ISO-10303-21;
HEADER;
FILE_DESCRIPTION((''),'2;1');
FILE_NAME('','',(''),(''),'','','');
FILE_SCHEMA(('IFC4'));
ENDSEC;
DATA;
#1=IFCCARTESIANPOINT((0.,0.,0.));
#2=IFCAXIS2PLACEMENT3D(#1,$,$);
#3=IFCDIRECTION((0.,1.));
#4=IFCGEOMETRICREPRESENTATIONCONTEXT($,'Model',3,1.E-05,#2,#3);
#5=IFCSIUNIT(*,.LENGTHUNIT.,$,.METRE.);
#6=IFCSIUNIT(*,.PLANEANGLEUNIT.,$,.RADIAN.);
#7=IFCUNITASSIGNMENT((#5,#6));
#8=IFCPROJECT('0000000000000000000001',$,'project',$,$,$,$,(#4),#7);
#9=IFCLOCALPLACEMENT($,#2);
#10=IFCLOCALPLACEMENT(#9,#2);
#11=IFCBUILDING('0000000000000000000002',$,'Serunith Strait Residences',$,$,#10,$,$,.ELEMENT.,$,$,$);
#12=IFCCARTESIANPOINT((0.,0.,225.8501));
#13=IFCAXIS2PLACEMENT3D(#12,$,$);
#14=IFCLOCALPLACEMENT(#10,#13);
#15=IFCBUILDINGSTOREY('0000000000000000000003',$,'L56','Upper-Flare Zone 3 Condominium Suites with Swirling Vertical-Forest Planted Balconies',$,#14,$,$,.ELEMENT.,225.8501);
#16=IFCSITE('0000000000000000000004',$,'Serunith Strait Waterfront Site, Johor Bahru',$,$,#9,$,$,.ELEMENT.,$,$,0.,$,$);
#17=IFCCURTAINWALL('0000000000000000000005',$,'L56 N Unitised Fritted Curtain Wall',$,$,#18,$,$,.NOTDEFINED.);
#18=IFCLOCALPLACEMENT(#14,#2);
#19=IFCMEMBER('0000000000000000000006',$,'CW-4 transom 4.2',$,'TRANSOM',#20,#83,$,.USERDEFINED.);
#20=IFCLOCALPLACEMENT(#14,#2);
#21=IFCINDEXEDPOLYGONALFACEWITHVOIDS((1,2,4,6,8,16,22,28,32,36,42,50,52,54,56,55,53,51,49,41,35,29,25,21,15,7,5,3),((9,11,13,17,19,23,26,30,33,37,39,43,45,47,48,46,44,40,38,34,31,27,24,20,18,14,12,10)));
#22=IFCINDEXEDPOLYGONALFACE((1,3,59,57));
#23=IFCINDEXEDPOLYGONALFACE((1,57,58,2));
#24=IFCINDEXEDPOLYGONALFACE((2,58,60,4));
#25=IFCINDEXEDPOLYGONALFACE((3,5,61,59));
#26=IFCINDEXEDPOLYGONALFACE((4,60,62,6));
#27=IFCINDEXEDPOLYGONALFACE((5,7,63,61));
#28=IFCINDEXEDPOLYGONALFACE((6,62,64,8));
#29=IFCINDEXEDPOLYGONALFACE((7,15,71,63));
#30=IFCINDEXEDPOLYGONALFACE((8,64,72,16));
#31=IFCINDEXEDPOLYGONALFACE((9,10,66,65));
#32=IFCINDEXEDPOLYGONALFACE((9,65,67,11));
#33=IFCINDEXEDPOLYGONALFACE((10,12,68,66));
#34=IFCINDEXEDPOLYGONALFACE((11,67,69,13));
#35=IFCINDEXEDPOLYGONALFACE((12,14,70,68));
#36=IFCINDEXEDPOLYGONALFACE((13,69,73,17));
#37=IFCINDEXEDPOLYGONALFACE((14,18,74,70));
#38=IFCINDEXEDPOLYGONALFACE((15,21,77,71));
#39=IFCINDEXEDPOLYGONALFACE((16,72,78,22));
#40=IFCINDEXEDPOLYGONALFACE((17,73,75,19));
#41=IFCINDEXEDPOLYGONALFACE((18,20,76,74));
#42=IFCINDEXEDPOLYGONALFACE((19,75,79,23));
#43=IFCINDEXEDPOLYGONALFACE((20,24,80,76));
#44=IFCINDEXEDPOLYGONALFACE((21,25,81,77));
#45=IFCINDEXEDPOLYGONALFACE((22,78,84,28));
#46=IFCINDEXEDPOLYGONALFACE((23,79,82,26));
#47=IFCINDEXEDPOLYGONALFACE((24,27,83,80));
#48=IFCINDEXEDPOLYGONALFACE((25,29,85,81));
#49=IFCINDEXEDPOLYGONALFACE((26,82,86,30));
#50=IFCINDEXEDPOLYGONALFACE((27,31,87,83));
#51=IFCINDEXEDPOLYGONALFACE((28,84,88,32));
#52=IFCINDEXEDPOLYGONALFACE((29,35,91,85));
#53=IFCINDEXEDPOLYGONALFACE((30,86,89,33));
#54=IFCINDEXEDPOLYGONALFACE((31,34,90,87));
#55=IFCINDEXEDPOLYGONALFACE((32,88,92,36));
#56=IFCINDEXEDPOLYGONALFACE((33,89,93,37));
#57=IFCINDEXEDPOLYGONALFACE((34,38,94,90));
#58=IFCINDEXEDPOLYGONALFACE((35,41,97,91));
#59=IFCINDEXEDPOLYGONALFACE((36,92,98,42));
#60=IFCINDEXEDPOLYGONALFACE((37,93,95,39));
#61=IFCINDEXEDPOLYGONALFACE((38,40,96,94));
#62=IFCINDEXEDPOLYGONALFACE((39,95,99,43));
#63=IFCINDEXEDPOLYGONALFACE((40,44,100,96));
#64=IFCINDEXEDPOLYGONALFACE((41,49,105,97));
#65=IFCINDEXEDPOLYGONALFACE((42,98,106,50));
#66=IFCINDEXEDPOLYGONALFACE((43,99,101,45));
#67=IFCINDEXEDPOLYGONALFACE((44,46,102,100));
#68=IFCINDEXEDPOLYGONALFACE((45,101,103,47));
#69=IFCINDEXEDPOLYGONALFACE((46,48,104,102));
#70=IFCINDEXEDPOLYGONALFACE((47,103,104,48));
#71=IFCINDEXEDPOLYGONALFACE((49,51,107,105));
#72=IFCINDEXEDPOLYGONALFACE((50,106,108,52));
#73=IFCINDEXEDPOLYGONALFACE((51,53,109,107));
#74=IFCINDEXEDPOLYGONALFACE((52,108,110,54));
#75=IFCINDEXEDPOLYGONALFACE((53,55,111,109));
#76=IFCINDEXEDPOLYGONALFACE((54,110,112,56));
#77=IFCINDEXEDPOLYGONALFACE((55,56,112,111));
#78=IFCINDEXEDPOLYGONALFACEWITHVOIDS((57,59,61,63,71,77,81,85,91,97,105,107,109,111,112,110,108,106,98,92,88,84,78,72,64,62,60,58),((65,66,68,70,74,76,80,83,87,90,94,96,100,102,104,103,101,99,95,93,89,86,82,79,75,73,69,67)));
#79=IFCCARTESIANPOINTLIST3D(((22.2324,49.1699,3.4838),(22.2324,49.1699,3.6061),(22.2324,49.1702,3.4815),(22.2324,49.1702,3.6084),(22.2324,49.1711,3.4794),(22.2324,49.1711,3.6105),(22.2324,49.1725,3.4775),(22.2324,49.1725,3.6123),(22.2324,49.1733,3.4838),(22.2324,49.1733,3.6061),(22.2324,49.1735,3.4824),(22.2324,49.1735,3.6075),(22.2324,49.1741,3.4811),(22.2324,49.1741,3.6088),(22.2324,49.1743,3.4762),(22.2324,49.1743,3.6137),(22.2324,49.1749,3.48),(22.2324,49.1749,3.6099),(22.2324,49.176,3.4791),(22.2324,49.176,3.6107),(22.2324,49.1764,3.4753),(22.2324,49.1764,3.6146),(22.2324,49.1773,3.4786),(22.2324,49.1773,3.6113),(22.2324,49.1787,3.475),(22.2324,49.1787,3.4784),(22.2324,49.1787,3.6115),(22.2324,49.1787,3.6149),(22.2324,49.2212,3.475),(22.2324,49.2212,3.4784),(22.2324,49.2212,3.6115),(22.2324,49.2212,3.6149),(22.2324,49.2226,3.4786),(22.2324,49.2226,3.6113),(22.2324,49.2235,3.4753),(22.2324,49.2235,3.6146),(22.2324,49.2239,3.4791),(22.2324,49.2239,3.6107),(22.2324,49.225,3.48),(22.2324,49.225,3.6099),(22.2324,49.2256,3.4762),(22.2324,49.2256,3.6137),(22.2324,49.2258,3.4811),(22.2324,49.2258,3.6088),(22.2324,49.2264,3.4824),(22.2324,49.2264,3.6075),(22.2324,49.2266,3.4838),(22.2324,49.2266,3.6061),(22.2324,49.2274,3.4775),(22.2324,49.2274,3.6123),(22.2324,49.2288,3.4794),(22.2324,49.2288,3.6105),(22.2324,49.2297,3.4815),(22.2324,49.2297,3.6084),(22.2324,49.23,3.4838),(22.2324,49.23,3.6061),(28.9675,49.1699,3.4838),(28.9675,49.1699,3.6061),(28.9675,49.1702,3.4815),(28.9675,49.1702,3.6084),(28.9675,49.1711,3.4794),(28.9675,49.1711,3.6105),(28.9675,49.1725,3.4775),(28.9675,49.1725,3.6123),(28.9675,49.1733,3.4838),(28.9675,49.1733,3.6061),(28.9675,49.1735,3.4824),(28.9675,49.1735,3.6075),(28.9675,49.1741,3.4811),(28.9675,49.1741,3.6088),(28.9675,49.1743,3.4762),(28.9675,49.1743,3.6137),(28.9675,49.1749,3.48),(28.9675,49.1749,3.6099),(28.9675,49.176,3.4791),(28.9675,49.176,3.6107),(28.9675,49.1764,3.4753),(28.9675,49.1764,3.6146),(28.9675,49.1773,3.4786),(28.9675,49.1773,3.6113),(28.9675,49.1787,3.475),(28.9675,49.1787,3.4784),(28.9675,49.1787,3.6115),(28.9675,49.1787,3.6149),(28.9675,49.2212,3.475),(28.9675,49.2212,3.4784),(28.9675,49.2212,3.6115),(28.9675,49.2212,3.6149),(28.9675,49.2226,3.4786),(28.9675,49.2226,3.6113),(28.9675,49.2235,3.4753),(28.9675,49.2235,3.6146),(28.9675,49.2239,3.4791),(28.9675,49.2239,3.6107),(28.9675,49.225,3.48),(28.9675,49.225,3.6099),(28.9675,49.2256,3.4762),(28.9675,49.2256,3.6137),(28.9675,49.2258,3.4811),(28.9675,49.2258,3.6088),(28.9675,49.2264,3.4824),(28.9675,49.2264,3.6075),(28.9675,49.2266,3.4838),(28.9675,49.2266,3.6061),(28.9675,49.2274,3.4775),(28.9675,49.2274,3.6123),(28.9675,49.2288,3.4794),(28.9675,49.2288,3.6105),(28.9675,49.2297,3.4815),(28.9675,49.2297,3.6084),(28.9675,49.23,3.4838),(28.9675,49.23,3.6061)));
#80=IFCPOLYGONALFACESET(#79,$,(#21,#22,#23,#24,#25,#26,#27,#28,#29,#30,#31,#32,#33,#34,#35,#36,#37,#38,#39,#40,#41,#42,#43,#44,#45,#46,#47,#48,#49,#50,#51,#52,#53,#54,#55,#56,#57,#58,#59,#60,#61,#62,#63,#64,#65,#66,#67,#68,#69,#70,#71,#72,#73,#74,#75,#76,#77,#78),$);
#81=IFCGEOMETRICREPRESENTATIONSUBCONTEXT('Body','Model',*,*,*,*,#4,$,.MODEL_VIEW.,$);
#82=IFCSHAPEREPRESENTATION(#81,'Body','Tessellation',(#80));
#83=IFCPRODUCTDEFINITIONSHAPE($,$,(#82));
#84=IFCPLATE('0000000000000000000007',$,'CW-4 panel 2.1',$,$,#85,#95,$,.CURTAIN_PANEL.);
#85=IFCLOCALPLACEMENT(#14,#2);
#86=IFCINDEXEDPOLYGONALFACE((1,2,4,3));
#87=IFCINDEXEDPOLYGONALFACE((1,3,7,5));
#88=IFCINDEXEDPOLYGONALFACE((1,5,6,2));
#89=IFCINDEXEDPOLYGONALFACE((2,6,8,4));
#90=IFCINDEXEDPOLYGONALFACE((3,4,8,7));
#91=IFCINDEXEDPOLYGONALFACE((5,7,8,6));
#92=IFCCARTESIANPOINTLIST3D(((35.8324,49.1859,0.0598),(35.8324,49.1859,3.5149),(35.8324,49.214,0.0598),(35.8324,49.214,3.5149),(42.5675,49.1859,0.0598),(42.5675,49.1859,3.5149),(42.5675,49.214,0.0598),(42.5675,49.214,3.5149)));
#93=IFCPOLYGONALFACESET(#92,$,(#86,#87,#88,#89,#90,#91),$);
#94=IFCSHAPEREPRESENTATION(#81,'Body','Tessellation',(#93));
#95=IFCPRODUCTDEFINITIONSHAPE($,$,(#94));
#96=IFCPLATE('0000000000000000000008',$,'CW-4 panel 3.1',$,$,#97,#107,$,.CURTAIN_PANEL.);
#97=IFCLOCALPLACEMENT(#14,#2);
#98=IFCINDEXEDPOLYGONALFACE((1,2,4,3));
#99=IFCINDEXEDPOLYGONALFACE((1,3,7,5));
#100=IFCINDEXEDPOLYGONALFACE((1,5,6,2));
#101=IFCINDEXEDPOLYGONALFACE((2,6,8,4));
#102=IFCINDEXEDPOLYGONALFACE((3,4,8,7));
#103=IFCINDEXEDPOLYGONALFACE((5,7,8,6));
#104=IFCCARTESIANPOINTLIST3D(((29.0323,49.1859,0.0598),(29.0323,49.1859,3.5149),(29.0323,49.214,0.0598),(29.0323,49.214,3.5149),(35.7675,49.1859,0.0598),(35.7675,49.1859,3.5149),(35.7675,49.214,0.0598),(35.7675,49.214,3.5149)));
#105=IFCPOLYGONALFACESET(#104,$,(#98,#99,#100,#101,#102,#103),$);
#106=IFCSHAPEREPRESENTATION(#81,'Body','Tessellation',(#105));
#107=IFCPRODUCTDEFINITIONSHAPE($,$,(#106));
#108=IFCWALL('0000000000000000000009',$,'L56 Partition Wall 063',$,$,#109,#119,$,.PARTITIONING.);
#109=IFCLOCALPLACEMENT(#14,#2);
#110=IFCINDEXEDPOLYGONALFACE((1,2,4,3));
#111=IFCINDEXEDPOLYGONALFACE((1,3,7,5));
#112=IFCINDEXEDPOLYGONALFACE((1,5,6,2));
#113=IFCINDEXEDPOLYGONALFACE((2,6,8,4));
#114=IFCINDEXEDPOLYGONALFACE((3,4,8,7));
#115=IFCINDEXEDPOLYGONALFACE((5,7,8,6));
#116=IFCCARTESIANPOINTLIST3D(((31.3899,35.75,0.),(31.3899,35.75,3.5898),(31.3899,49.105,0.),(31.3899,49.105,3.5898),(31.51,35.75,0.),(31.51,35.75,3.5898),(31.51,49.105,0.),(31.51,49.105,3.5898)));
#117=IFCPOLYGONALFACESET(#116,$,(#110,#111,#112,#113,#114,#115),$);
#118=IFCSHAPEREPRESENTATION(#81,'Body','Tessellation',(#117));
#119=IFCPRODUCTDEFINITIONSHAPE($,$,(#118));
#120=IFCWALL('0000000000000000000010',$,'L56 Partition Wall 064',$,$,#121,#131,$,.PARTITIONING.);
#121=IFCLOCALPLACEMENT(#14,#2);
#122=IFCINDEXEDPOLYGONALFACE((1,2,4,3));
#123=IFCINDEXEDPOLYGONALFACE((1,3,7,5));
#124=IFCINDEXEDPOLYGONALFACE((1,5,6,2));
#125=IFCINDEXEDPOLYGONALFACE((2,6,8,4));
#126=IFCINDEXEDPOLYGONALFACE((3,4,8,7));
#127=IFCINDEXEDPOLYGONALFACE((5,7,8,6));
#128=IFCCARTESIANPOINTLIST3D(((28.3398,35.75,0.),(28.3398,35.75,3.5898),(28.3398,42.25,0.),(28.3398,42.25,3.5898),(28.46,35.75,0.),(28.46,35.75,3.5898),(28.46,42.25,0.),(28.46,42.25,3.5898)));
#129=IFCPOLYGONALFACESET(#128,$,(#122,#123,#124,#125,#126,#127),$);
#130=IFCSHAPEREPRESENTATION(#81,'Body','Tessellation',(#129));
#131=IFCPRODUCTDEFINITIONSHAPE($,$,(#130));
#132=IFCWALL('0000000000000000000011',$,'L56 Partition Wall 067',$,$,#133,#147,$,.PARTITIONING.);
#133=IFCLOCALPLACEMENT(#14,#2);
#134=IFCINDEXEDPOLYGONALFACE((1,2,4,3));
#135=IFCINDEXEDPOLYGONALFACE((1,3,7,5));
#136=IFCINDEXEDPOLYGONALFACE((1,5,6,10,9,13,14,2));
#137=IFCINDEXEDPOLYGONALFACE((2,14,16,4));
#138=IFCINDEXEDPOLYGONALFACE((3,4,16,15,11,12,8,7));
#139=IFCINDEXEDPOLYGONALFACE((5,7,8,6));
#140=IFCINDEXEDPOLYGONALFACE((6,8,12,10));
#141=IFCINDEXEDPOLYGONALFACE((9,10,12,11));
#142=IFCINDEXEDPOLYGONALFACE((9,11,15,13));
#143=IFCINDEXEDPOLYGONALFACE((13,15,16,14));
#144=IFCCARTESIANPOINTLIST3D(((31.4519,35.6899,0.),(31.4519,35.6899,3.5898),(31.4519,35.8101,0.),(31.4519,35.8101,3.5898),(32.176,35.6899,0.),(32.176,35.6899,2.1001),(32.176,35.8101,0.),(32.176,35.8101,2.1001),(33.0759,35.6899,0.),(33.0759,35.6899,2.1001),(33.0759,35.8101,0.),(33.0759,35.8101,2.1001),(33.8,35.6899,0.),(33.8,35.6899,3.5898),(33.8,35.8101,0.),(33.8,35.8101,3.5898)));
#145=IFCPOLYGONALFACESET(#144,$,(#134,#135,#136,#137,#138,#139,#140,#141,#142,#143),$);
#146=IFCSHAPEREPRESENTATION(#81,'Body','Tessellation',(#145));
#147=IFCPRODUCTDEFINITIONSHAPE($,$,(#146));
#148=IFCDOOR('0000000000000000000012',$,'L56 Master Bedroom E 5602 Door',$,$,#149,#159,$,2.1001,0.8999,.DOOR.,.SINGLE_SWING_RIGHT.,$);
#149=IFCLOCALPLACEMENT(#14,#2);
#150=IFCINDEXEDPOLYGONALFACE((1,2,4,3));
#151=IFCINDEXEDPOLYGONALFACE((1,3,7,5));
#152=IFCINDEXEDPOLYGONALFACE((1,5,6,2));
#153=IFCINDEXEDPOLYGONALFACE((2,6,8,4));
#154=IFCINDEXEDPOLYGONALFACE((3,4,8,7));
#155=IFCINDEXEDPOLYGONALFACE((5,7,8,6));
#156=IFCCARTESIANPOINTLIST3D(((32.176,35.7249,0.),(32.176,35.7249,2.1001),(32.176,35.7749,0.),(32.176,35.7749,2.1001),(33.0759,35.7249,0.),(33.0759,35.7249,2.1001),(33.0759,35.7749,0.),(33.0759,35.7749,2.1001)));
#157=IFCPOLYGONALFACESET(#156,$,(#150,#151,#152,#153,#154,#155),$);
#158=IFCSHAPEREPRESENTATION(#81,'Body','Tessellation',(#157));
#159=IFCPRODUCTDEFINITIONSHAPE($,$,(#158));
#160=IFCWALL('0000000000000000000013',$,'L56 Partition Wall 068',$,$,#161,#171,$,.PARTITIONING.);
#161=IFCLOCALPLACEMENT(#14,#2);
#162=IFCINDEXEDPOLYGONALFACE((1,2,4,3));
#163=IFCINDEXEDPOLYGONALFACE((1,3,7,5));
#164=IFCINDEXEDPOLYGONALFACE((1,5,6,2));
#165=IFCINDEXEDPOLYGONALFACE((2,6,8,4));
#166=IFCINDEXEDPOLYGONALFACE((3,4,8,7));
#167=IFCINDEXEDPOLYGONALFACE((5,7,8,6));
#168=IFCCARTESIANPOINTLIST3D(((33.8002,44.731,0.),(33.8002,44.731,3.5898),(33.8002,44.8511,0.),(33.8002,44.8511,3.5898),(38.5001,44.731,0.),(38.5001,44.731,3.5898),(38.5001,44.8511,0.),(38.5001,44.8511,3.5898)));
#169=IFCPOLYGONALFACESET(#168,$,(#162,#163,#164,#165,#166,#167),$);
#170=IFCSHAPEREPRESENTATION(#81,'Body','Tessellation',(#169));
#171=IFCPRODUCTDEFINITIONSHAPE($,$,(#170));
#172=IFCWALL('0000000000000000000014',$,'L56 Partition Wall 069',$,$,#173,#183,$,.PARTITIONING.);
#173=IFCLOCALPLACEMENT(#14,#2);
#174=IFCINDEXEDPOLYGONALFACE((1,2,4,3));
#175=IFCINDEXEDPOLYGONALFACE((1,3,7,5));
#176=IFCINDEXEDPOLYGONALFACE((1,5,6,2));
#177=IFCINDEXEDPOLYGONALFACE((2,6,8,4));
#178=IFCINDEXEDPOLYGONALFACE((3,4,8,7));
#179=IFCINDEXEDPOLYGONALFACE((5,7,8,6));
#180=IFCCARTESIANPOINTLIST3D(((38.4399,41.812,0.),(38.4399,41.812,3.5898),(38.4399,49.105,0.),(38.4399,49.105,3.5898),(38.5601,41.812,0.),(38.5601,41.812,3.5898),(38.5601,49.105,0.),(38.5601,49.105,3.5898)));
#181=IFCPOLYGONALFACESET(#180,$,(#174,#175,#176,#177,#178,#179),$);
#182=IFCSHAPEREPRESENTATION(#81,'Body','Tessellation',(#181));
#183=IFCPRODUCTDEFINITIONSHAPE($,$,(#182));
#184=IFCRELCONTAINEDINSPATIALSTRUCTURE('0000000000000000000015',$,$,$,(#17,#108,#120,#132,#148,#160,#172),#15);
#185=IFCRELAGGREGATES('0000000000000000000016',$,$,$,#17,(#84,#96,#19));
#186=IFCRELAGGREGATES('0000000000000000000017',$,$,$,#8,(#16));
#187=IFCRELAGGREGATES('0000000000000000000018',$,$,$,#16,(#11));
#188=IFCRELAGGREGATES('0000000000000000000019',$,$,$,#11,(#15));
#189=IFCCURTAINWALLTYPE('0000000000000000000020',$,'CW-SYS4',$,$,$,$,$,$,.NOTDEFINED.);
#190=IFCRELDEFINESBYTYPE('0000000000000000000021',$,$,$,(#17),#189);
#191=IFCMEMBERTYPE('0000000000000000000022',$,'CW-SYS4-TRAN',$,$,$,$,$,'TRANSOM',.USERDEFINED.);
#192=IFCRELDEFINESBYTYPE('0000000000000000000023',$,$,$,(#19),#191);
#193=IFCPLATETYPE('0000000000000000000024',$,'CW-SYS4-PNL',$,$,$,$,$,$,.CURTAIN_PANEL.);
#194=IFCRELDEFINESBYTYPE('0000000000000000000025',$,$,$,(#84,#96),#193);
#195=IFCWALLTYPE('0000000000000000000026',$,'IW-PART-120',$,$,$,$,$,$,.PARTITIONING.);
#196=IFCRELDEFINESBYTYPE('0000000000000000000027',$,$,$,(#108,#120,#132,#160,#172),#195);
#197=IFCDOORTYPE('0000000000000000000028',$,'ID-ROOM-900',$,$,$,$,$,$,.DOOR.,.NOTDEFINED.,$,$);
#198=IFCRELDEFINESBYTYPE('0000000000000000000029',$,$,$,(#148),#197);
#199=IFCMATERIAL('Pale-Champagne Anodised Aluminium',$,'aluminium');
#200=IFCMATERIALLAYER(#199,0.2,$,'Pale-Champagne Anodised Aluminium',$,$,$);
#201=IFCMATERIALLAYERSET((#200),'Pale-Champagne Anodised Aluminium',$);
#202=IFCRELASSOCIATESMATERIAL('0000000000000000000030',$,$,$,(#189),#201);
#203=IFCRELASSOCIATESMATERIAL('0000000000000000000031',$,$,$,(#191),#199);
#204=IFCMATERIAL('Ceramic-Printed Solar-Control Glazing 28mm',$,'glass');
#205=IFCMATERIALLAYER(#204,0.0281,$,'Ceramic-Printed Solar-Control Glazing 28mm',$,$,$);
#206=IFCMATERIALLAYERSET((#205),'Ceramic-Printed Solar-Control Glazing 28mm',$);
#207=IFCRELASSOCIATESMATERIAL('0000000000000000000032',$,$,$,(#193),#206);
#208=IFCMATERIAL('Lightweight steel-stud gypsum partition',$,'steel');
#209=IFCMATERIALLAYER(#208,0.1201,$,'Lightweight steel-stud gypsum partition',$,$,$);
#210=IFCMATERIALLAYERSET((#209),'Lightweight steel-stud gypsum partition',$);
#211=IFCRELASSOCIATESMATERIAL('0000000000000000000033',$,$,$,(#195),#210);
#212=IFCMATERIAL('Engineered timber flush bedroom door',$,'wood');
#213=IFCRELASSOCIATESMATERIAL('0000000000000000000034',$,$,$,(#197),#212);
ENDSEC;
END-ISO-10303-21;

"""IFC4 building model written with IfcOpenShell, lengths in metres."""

from ifc_helpers import new_model, si_unit, direction, frame, frame_2d, origin, origin_2d, place, context, subcontext, project, spatial, rectangle, hollow_rectangle, extrude, source, transform, mapped, material, layer, layer_set, material_profile, profile_set, type_object, element, fill, aggregate, save


model = new_model("IFC4")

# Units and contexts
model_context = context("Model", 3, precision=1e-05, world=origin(), true_north=direction((0.0, 1.0)))
body_context = subcontext(model_context, "Body", "Model", "MODEL_VIEW")
ifc_project = project(units=[si_unit("LENGTHUNIT", "METRE"), si_unit("PLANEANGLEUNIT", "RADIAN")], contexts=[model_context])

# Site, building, storey
site_placement = place(None, origin())
site = spatial("IfcSite", under=ifc_project, at=site_placement, Name="Serunith Strait Waterfront Site, Johor Bahru", CompositionType="ELEMENT", RefElevation=0.0)
building_placement = place(site_placement, origin())
building = spatial("IfcBuilding", under=site, at=building_placement, Name="Serunith Strait Residences", CompositionType="ELEMENT")
storey_placement = place(building_placement, frame((0.0, 0.0, 225.8501)))
storey = spatial("IfcBuildingStorey", under=building, at=storey_placement, Name="L56", Description="Upper-Flare Zone 3 Condominium Suites with Swirling Vertical-Forest Planted Balconies", CompositionType="ELEMENT", Elevation=225.8501)

# Curtain wall, member, plates
ifc_material_1 = material(Name="Pale-Champagne Anodised Aluminium", Category="aluminium")
ifc_layer_1 = layer(ifc_material_1, 0.2, Name="Pale-Champagne Anodised Aluminium")
ifc_layer_set_1 = layer_set([ifc_layer_1], Name="Pale-Champagne Anodised Aluminium")
curtain_wall_type = type_object("IfcCurtainWallType", Name="CW-SYS4", PredefinedType="NOTDEFINED", material=ifc_layer_set_1)
curtain_wall_placement = place(storey_placement, origin())
curtain_wall = element("IfcCurtainWall", 1, at=curtain_wall_placement, inside=storey, type_object=curtain_wall_type, Name="L56 N Unitised Fritted Curtain Wall", PredefinedType="NOTDEFINED")
ifc_material_profile_1 = material_profile(ifc_material_1, hollow_rectangle(XDim=0.0601, YDim=0.1399, WallThickness=0.0034, InnerFilletRadius=0.0054, OuterFilletRadius=0.0088, at=origin_2d()), Name="ALU 140x60x3.5")
ifc_profile_set_1 = profile_set([ifc_material_profile_1], Name="Pale-Champagne Anodised Aluminium")
member_type_1 = type_object("IfcMemberType", Name="CW-SYS4-TRAN", ElementType="TRANSOM", PredefinedType="USERDEFINED", material=ifc_profile_set_1)
shared_shape_1 = source(origin(), body_context, "Body", "SweptSolid", [
    extrude(hollow_rectangle(XDim=0.0601, YDim=0.1399, WallThickness=0.0034, InnerFilletRadius=0.0054, OuterFilletRadius=0.0088, at=origin_2d()), origin(), (0.0, 0.0, 1.0), 6.7351),
])
member_1_placement = place(storey_placement, frame((28.9675, 49.2, 3.5449), z_axis=(-1.0, 0.0, 0.0), x_axis=(0.0, -1.0, 0.0)))
member_1 = element("IfcMember", 2, at=member_1_placement, type_object=member_type_1, Name="CW-4 transom 4.2", ObjectType="TRANSOM", PredefinedType="USERDEFINED", context=body_context, shape_type="MappedRepresentation", body=[
    mapped(shared_shape_1, transform((0.0, 0.0, 0.0), scale=1.0)),
])
ifc_material_2 = material(Name="Ceramic-Printed Solar-Control Glazing 28mm", Category="glass")
ifc_layer_2 = layer(ifc_material_2, 0.0281, Name="Ceramic-Printed Solar-Control Glazing 28mm")
ifc_layer_set_2 = layer_set([ifc_layer_2], Name="Ceramic-Printed Solar-Control Glazing 28mm")
plate_type = type_object("IfcPlateType", Name="CW-SYS4-PNL", PredefinedType="CURTAIN_PANEL", material=ifc_layer_set_2)
shared_shape_2 = source(origin(), body_context, "Body", "SweptSolid", [
    extrude(rectangle(XDim=6.7351, YDim=0.0281, at=origin_2d()), origin(), (0.0, 0.0, 1.0), 3.4551),
])
plate_1_placement = place(storey_placement, frame((39.2, 49.2, 0.0598), z_axis=(0.0, 0.0, 1.0), x_axis=(-1.0, 0.0, 0.0)))
plate_1 = element("IfcPlate", 3, at=plate_1_placement, type_object=plate_type, Name="CW-4 panel 2.1", PredefinedType="CURTAIN_PANEL", context=body_context, shape_type="MappedRepresentation", body=[
    mapped(shared_shape_2, transform((0.0, 0.0, 0.0), scale=1.0)),
])
plate_2_placement = place(storey_placement, frame((32.3999, 49.2, 0.0598), z_axis=(0.0, 0.0, 1.0), x_axis=(-1.0, 0.0, 0.0)))
plate_2 = element("IfcPlate", 4, at=plate_2_placement, type_object=plate_type, Name="CW-4 panel 3.1", PredefinedType="CURTAIN_PANEL", context=body_context, shape_type="MappedRepresentation", body=[
    mapped(shared_shape_2, transform((0.0, 0.0, 0.0), scale=1.0)),
])
aggregate(curtain_wall, [plate_1, plate_2, member_1])

# Walls
ifc_material_3 = material(Name="Lightweight steel-stud gypsum partition", Category="steel")
ifc_layer_3 = layer(ifc_material_3, 0.1201, Name="Lightweight steel-stud gypsum partition")
ifc_layer_set_3 = layer_set([ifc_layer_3], Name="Lightweight steel-stud gypsum partition")
wall_type = type_object("IfcWallType", Name="IW-PART-120", PredefinedType="PARTITIONING", material=ifc_layer_set_3)
wall_1_placement = place(storey_placement, frame((31.45, 49.105, 0.0), z_axis=(0.0, 0.0, 1.0), x_axis=(0.0, -1.0, 0.0)))
element("IfcWall", 5, at=wall_1_placement, inside=storey, type_object=wall_type, Name="L56 Partition Wall 063", PredefinedType="PARTITIONING", context=body_context, shape_type="SweptSolid", body=[
    extrude(rectangle(XDim=13.355, YDim=0.1201, at=frame_2d((6.6775, 0.0))), origin(), (0.0, 0.0, 1.0), 3.5898),
])
wall_2_placement = place(storey_placement, frame((28.3999, 42.25, 0.0), z_axis=(0.0, 0.0, 1.0), x_axis=(0.0, -1.0, 0.0)))
element("IfcWall", 6, at=wall_2_placement, inside=storey, type_object=wall_type, Name="L56 Partition Wall 064", PredefinedType="PARTITIONING", context=body_context, shape_type="SweptSolid", body=[
    extrude(rectangle(XDim=6.5, YDim=0.1201, at=frame_2d((3.25, 0.0))), origin(), (0.0, 0.0, 1.0), 3.5898),
])

# Wall, opening, door
wall_3_placement = place(storey_placement, frame((31.4519, 35.75, 0.0), z_axis=(0.0, 0.0, 1.0), x_axis=(1.0, 0.0, 0.0)))
wall_3 = element("IfcWall", 7, at=wall_3_placement, inside=storey, type_object=wall_type, Name="L56 Partition Wall 067", PredefinedType="PARTITIONING", context=body_context, shape_type="SweptSolid", body=[
    extrude(rectangle(XDim=2.3481, YDim=0.1201, at=frame_2d((1.1741, 0.0))), origin(), (0.0, 0.0, 1.0), 3.5898),
])
opening_1_placement = place(wall_3_placement, frame((0.7241, 0.0, 0.0)))
opening_1 = element("IfcOpeningElement", 8, at=opening_1_placement, cuts=wall_3, PredefinedType="OPENING", context=body_context, shape_type="SweptSolid", body=[
    extrude(rectangle(XDim=0.8999, YDim=2.1001, at=frame_2d((0.45, 1.05))), frame((0.0, 0.0701, 0.0), z_axis=(0.0, -1.0, 0.0), x_axis=(1.0, 0.0, 0.0)), (0.0, 0.0, 1.0), 0.1401),
])
ifc_material_4 = material(Name="Engineered timber flush bedroom door", Category="wood")
door_type_1 = type_object("IfcDoorType", Name="ID-ROOM-900", OperationType="NOTDEFINED", PredefinedType="DOOR", material=ifc_material_4)
shared_shape_3 = source(origin(), body_context, "Body", "SweptSolid", [
    extrude(rectangle(XDim=0.8999, YDim=2.1001, at=frame_2d((0.45, 1.05))), frame((0.0, 0.0249, 0.0), z_axis=(0.0, -1.0, 0.0), x_axis=(1.0, 0.0, 0.0)), (0.0, 0.0, 1.0), 0.05),
])
door_1_placement = place(opening_1_placement, origin())
door_1 = element("IfcDoor", 9, at=door_1_placement, inside=storey, type_object=door_type_1, Name="L56 Master Bedroom E 5602 Door", OperationType="SINGLE_SWING_RIGHT", OverallHeight=2.1001, OverallWidth=0.8999, PredefinedType="DOOR", context=body_context, shape_type="MappedRepresentation", body=[
    mapped(shared_shape_3, transform((0.0, 0.0, 0.0), scale=1.0)),
])
fill(opening_1, door_1)

# Walls
wall_4_placement = place(storey_placement, frame((33.8, 44.791, 0.0), z_axis=(0.0, 0.0, 1.0), x_axis=(1.0, 0.0, 0.0)))
element("IfcWall", 10, at=wall_4_placement, inside=storey, type_object=wall_type, Name="L56 Partition Wall 068", PredefinedType="PARTITIONING", context=body_context, shape_type="SweptSolid", body=[
    extrude(rectangle(XDim=4.7, YDim=0.1201, at=frame_2d((2.3501, 0.0))), origin(), (0.0, 0.0, 1.0), 3.5898),
])
wall_5_placement = place(storey_placement, frame((38.5, 49.105, 0.0), z_axis=(0.0, 0.0, 1.0), x_axis=(0.0, -1.0, 0.0)))
element("IfcWall", 11, at=wall_5_placement, inside=storey, type_object=wall_type, Name="L56 Partition Wall 069", PredefinedType="PARTITIONING", context=body_context, shape_type="SweptSolid", body=[
    extrude(rectangle(XDim=7.293, YDim=0.1201, at=frame_2d((3.6465, 0.0))), origin(), (0.0, 0.0, 1.0), 3.5898),
])

save(model, "model.ifc")
